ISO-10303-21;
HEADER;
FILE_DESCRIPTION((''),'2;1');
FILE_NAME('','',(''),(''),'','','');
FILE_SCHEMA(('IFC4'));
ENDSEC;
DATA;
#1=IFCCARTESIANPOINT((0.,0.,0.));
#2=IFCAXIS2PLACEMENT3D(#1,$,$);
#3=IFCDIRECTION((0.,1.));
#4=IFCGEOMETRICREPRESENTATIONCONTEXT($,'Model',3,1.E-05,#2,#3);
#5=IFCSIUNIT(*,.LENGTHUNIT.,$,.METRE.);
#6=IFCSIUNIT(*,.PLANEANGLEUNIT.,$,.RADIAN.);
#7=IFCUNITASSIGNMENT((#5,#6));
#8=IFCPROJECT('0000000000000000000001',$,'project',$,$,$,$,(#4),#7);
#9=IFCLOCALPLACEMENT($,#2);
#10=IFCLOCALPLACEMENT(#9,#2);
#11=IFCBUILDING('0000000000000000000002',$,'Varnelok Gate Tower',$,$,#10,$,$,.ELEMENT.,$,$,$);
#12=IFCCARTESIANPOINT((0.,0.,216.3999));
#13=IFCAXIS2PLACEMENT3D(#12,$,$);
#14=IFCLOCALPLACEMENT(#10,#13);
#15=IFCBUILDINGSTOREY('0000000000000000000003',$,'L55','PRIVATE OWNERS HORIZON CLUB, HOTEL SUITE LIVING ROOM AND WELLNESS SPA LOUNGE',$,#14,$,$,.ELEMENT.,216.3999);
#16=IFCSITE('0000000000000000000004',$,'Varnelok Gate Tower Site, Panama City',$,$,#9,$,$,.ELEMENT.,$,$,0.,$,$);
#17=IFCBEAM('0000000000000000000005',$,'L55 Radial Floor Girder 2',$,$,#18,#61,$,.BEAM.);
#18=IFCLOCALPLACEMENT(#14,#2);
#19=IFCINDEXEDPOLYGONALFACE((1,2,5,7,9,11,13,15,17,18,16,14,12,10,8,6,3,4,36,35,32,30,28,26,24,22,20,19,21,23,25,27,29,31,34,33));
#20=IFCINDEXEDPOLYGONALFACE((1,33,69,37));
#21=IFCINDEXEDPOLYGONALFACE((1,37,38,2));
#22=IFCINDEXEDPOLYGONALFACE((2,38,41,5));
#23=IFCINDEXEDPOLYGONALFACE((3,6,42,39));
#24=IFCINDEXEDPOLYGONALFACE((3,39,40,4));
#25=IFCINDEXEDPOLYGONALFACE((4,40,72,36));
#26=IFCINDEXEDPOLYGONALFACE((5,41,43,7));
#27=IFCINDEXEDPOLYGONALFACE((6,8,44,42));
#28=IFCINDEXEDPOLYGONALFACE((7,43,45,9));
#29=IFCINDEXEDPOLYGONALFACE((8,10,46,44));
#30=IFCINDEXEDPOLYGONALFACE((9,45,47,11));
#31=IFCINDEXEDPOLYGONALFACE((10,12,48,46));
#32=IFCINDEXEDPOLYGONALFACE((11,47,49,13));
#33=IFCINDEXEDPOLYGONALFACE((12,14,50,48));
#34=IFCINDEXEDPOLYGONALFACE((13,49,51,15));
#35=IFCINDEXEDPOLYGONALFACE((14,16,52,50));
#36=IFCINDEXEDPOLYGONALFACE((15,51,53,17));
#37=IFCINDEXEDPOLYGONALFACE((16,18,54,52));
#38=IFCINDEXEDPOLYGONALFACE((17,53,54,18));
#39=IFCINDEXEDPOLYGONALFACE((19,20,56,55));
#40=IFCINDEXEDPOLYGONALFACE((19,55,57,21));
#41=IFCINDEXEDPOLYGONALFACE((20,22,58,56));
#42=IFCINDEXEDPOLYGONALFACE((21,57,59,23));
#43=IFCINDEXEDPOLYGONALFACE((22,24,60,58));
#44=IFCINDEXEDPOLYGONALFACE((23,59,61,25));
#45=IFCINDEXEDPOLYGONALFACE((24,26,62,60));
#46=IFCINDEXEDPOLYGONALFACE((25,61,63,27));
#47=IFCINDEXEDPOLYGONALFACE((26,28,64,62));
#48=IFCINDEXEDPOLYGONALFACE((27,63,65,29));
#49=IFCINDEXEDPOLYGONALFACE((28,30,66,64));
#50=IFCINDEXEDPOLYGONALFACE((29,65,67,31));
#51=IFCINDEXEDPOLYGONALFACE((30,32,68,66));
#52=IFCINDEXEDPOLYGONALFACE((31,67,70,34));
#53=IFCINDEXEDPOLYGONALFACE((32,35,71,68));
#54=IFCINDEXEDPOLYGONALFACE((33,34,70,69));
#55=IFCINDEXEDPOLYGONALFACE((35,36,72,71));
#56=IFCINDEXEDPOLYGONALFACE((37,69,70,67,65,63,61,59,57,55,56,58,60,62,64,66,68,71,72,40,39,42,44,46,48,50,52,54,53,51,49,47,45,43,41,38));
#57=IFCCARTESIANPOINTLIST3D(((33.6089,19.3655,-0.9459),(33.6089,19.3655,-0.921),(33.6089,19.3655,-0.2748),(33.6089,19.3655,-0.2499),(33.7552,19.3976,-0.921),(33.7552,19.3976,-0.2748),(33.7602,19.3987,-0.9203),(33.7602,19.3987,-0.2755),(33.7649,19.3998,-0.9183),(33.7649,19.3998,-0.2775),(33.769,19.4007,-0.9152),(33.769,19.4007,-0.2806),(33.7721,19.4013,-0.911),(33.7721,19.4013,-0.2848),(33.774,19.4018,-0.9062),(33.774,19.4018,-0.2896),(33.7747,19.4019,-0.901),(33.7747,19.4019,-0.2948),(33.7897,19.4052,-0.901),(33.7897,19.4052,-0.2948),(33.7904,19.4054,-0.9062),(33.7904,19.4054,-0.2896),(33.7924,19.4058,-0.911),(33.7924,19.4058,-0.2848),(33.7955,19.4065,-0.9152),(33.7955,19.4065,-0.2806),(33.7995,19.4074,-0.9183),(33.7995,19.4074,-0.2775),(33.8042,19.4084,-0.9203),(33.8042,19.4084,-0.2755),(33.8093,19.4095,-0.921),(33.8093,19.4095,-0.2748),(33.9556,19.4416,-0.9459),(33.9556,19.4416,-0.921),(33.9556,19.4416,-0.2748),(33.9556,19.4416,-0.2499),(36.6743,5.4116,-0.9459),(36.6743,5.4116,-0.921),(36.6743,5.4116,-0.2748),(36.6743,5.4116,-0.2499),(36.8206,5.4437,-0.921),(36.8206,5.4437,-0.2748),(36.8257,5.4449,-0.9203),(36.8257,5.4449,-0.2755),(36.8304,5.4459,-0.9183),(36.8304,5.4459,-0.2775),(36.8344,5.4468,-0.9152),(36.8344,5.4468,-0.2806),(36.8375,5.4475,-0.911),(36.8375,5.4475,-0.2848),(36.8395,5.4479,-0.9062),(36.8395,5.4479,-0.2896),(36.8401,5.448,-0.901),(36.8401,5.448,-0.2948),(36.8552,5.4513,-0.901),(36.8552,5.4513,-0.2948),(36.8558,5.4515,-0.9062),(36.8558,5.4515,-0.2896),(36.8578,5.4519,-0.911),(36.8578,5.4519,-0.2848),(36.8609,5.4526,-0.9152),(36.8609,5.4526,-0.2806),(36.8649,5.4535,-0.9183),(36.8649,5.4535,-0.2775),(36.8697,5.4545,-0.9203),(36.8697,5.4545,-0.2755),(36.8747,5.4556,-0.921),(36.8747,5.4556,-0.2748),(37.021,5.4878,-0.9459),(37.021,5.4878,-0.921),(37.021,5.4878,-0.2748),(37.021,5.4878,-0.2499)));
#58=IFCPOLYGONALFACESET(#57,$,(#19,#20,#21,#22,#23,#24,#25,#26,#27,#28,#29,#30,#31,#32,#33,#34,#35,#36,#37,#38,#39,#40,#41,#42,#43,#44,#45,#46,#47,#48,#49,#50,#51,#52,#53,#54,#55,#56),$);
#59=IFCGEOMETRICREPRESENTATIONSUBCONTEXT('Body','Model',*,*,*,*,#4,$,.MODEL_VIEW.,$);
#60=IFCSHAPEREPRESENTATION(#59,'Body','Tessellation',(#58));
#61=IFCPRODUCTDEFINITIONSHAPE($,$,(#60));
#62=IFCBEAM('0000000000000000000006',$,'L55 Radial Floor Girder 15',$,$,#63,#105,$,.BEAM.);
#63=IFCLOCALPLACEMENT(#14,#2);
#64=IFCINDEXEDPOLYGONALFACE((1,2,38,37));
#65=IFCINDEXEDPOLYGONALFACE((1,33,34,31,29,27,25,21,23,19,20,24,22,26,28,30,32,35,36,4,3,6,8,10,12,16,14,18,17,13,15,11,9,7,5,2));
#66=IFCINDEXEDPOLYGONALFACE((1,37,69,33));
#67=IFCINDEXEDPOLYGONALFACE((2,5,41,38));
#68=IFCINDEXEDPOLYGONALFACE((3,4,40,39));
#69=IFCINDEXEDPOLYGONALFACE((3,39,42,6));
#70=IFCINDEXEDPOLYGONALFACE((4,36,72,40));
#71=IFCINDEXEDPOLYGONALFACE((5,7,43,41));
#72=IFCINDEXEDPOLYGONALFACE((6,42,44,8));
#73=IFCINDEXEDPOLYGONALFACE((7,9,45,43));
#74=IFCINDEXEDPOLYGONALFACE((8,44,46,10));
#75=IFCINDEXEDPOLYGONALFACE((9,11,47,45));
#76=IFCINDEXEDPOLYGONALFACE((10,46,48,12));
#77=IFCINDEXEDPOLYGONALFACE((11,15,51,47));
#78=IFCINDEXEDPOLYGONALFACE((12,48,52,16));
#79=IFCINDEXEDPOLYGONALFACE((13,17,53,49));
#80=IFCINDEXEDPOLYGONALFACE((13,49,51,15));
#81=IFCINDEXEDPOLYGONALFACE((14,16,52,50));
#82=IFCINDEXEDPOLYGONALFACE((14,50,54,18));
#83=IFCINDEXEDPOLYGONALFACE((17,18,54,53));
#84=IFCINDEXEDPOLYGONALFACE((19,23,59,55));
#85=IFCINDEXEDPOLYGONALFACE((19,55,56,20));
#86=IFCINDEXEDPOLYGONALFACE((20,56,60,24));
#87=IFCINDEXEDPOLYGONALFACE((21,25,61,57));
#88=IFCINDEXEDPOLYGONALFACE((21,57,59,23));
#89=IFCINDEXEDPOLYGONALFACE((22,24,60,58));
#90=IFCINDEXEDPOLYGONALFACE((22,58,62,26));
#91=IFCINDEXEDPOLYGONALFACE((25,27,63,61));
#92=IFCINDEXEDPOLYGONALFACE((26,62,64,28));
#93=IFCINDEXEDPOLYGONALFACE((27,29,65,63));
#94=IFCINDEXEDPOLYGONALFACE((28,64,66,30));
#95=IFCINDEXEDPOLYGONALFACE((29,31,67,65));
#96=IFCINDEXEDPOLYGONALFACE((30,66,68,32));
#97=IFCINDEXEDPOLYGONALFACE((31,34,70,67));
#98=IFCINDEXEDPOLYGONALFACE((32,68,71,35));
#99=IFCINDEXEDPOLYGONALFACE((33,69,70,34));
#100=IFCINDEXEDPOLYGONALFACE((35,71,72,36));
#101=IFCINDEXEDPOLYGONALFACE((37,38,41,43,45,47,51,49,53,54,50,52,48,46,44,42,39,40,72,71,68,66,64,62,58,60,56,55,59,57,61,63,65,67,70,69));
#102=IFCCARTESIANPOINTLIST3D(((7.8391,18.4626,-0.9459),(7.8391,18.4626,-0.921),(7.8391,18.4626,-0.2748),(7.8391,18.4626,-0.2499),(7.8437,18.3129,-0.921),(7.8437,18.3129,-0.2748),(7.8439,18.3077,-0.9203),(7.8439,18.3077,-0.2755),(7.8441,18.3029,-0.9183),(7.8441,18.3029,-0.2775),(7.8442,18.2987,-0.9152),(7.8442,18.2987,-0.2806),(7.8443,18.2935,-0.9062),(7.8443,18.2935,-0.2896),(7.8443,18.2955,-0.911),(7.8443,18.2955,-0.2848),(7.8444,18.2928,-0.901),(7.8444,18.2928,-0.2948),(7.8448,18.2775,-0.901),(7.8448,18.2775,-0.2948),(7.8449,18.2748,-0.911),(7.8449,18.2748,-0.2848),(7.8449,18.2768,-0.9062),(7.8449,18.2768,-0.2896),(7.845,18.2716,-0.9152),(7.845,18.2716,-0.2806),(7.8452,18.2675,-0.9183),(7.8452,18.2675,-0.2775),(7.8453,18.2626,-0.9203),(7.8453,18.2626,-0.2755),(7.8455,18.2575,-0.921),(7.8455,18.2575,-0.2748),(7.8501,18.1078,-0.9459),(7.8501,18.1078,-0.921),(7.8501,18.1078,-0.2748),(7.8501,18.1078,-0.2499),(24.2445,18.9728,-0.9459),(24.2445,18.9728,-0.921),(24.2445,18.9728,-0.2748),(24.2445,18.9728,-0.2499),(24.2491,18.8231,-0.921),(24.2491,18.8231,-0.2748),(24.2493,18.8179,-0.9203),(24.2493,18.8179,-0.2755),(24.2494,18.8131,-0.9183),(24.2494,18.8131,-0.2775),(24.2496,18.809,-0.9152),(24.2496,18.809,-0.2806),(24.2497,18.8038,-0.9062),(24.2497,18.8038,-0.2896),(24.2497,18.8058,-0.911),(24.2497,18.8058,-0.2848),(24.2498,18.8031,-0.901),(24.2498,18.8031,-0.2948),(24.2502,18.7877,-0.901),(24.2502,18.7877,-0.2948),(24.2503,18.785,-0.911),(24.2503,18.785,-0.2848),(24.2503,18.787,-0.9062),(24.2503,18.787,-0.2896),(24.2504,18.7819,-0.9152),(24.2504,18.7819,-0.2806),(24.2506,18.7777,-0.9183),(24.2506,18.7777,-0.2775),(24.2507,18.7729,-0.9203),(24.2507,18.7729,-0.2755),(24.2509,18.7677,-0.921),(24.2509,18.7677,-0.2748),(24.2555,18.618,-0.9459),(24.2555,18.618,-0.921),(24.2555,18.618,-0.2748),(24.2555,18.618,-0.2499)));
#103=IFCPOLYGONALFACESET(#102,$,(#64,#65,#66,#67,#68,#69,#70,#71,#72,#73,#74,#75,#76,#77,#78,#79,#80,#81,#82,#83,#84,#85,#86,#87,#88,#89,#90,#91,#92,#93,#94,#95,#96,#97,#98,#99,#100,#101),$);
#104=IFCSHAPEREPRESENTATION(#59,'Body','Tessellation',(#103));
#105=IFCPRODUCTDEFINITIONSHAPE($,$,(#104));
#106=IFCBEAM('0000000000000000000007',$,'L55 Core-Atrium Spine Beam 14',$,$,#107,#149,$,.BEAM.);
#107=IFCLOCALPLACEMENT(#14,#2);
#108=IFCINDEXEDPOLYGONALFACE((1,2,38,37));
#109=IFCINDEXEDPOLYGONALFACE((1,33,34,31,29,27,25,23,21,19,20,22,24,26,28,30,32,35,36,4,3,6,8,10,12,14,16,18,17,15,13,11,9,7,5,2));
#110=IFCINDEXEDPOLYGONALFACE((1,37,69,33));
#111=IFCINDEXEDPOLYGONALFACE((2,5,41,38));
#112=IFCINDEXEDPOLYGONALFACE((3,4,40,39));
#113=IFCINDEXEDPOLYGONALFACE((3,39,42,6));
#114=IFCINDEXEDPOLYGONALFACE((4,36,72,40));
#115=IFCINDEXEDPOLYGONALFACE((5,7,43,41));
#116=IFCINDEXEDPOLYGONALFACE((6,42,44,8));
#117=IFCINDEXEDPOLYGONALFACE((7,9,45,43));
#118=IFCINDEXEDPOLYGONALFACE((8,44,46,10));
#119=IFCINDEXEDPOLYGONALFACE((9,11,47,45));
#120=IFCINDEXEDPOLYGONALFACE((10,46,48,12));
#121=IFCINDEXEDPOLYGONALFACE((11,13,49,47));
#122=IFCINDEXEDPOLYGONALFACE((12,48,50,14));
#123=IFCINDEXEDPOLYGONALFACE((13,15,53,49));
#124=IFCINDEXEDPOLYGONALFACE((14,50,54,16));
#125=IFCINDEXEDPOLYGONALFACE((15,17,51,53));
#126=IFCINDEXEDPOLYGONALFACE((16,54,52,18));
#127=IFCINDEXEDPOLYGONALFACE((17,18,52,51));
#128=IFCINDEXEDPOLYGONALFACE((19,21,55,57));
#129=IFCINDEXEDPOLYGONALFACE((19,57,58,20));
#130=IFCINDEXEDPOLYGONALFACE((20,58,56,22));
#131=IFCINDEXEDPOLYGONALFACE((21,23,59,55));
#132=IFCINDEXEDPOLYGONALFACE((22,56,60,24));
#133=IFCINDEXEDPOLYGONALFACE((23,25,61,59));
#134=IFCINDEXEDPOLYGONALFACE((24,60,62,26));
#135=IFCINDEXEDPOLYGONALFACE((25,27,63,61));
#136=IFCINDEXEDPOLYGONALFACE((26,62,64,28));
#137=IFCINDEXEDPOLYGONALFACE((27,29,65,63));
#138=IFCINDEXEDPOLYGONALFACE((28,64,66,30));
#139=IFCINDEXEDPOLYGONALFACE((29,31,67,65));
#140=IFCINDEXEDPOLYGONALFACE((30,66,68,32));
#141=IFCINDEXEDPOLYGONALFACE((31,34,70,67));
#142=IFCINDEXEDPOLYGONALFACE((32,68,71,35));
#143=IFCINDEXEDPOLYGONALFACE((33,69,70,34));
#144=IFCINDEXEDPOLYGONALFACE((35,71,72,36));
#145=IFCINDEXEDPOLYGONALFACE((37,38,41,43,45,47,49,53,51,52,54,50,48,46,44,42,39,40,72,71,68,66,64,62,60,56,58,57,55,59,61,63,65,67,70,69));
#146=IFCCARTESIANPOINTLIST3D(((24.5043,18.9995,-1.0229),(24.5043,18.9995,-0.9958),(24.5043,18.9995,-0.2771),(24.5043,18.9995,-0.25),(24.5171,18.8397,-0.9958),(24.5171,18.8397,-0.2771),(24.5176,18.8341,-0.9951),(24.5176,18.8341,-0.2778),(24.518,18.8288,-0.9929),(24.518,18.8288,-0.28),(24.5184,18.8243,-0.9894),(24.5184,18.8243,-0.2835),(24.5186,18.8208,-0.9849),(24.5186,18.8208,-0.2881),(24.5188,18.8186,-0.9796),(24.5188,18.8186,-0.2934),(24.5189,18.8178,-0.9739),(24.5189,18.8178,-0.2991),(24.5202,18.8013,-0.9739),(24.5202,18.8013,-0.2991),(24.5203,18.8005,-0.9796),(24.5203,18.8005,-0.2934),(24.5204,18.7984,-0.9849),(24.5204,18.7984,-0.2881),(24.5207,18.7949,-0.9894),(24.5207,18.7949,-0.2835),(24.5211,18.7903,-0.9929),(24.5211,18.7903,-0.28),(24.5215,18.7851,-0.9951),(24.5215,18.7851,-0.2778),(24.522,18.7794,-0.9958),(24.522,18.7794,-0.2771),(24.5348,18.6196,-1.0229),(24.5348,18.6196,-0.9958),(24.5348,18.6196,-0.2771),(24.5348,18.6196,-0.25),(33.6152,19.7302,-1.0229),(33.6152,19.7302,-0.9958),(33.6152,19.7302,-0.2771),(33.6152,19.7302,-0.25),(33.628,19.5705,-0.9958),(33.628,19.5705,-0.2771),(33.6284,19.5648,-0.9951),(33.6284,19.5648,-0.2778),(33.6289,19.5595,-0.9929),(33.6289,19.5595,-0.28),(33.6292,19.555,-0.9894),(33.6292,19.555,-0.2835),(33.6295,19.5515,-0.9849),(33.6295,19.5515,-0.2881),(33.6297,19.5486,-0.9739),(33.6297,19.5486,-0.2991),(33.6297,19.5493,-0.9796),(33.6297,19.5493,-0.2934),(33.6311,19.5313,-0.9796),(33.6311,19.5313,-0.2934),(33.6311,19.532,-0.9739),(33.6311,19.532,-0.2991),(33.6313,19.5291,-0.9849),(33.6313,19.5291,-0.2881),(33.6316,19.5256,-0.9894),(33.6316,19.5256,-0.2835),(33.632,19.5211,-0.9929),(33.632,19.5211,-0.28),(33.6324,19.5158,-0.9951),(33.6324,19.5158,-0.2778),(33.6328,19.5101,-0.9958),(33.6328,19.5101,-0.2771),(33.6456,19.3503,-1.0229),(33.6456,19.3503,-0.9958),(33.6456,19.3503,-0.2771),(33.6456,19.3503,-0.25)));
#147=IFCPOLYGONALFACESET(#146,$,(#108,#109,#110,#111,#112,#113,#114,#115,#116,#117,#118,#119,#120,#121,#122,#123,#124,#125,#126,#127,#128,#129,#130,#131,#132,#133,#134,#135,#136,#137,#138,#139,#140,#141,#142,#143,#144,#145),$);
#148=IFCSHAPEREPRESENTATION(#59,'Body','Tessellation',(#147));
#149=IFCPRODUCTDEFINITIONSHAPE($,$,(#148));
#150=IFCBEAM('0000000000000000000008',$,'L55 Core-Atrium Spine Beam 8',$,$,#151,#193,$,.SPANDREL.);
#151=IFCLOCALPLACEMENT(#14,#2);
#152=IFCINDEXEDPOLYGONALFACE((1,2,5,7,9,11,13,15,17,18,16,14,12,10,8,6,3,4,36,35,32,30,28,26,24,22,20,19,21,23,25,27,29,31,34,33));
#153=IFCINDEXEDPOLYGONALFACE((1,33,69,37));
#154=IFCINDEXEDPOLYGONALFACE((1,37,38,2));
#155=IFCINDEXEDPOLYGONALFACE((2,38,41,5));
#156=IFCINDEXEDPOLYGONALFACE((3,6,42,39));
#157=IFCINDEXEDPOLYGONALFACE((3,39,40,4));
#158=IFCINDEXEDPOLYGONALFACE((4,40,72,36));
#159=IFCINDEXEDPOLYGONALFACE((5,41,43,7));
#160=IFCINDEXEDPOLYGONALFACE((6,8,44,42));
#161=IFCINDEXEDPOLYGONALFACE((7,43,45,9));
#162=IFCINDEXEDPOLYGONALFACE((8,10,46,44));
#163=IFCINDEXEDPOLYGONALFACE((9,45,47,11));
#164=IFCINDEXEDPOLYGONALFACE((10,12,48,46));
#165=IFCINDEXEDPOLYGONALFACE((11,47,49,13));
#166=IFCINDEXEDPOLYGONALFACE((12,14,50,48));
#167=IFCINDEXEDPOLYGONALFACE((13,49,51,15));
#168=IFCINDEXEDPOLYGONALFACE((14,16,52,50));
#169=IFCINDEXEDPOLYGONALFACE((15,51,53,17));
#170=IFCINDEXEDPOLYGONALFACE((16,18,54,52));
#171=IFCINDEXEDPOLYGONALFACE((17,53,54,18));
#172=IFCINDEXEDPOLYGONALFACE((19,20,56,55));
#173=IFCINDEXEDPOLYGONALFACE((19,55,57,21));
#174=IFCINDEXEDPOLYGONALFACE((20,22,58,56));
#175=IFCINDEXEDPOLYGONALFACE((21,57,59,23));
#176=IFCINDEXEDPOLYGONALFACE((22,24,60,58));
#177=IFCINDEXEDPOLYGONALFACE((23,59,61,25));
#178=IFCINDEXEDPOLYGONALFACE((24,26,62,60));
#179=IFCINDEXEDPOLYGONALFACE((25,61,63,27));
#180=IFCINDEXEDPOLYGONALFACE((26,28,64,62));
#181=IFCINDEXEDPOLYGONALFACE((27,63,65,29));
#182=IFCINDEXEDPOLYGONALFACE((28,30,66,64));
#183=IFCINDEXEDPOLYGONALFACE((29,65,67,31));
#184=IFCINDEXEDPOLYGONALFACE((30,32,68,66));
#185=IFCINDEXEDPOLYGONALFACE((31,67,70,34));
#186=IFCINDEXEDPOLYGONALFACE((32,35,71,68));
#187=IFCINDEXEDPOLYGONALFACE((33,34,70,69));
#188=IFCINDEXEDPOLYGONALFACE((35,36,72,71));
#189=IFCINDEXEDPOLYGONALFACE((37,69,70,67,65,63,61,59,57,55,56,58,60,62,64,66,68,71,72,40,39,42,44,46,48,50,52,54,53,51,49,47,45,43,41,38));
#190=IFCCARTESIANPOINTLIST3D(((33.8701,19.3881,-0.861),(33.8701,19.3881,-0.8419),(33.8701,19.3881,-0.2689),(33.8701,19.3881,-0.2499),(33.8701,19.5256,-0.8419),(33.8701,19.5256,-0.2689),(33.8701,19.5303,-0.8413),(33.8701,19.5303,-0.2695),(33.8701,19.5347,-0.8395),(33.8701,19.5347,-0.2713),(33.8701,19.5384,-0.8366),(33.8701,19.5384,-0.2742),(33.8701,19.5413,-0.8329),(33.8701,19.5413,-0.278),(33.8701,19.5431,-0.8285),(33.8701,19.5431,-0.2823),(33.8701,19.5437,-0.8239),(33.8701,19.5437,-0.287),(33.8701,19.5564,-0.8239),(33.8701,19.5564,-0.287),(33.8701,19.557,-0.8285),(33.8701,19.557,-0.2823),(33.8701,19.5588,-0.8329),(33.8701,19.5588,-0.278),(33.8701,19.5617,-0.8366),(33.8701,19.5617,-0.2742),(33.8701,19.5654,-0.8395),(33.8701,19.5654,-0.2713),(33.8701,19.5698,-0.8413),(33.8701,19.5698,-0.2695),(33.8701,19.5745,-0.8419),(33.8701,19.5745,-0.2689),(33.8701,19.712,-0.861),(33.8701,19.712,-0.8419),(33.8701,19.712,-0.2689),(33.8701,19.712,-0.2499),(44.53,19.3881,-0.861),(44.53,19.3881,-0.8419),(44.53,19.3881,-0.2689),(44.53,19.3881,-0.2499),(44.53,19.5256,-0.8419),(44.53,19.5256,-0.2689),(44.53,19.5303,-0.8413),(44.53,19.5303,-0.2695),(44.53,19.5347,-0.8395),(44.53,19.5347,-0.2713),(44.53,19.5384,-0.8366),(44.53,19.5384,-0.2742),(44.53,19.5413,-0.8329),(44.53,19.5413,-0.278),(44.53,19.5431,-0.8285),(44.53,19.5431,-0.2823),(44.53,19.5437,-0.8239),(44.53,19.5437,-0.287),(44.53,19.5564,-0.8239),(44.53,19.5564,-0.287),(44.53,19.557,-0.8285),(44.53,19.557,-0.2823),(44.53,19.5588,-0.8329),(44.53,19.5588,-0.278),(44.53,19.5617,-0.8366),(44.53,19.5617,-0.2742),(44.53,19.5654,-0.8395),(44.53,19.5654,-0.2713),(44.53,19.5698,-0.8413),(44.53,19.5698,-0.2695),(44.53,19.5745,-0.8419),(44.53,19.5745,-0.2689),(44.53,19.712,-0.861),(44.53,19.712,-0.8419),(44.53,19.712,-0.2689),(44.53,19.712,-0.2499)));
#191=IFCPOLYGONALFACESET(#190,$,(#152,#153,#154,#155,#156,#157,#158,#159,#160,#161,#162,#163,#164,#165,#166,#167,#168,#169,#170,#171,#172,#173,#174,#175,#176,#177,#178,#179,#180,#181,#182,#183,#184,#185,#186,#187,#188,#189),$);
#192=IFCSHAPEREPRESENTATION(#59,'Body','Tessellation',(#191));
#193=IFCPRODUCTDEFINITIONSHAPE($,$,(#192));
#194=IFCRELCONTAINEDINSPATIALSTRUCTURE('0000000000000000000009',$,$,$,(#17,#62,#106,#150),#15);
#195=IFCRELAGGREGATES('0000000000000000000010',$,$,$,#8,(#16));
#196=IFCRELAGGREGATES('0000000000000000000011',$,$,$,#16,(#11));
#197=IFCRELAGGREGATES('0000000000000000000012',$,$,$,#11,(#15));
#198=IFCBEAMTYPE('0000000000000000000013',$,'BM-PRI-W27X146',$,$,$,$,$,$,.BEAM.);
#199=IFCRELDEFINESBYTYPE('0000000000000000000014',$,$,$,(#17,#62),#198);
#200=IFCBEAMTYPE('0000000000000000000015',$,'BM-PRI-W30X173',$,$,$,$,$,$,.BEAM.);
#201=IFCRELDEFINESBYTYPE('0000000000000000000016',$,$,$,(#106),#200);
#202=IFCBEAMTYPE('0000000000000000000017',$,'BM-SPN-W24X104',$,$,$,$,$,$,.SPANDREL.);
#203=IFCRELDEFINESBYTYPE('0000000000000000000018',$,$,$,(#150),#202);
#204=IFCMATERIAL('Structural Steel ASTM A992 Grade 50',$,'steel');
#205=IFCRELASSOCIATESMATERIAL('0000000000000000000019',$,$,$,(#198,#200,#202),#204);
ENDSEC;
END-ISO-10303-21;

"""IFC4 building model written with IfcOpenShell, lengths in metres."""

from ifc_helpers import new_model, si_unit, direction, frame, origin, origin_2d, place, context, subcontext, project, spatial, i_section, extrude, material, material_profile, profile_set, type_object, element, save


model = new_model("IFC4")

# Units and contexts
model_context = context("Model", 3, precision=1e-05, world=origin(), true_north=direction((0.0, 1.0)))
body_context = subcontext(model_context, "Body", "Model", "MODEL_VIEW")
ifc_project = project(units=[si_unit("LENGTHUNIT", "METRE"), si_unit("PLANEANGLEUNIT", "RADIAN")], contexts=[model_context])

# Site, building, storey
site_placement = place(None, origin())
site = spatial("IfcSite", under=ifc_project, at=site_placement, Name="Varnelok Gate Tower Site, Panama City", CompositionType="ELEMENT", RefElevation=0.0)
building_placement = place(site_placement, origin())
building = spatial("IfcBuilding", under=site, at=building_placement, Name="Varnelok Gate Tower", CompositionType="ELEMENT")
storey_placement = place(building_placement, frame((0.0, 0.0, 216.3999)))
storey = spatial("IfcBuildingStorey", under=building, at=storey_placement, Name="L55", Description="PRIVATE OWNERS HORIZON CLUB, HOTEL SUITE LIVING ROOM AND WELLNESS SPA LOUNGE", CompositionType="ELEMENT", Elevation=216.3999)

# Shared definitions
ifc_material_1 = material(Name="Structural Steel ASTM A992 Grade 50", Category="steel")

# Beams
ifc_material_profile_1 = material_profile(ifc_material_1, i_section(OverallWidth=0.355, OverallDepth=0.696, WebThickness=0.0154, FlangeThickness=0.0249, FilletRadius=0.02, at=origin_2d()), Name="W27X146")
ifc_profile_set_1 = profile_set([ifc_material_profile_1], Name="Structural Steel ASTM A992 Grade 50")
beam_type_1 = type_object("IfcBeamType", Name="BM-PRI-W27X146", PredefinedType="BEAM", material=ifc_profile_set_1)
beam_1_placement = place(storey_placement, frame((33.7822, 19.4036, -0.5979), z_axis=(0.214567, -0.976709, 0.0), x_axis=(0.976709, 0.214567, 0.0)))
element("IfcBeam", 1, at=beam_1_placement, inside=storey, type_object=beam_type_1, Name="L55 Radial Floor Girder 2", PredefinedType="BEAM", context=body_context, shape_type="SweptSolid", body=[
    extrude(i_section(OverallWidth=0.355, OverallDepth=0.696, WebThickness=0.0154, FlangeThickness=0.0249, FilletRadius=0.02, at=origin_2d()), origin(), (0.0, 0.0, 1.0), 14.2866),
])
beam_2_placement = place(storey_placement, frame((24.25, 18.7954, -0.5979), z_axis=(-0.999517, -0.031088, 0.0), x_axis=(0.031088, -0.999517, 0.0)))
element("IfcBeam", 2, at=beam_2_placement, inside=storey, type_object=beam_type_1, Name="L55 Radial Floor Girder 15", PredefinedType="BEAM", context=body_context, shape_type="SweptSolid", body=[
    extrude(i_section(OverallWidth=0.355, OverallDepth=0.696, WebThickness=0.0154, FlangeThickness=0.0249, FilletRadius=0.02, at=origin_2d()), origin(), (0.0, 0.0, 1.0), 16.4133),
])
ifc_material_profile_2 = material_profile(ifc_material_1, i_section(OverallWidth=0.3811, OverallDepth=0.7729, WebThickness=0.0166, FlangeThickness=0.0271, FilletRadius=0.022, at=origin_2d()), Name="W30X173")
ifc_profile_set_2 = profile_set([ifc_material_profile_2], Name="Structural Steel ASTM A992 Grade 50")
beam_type_2 = type_object("IfcBeamType", Name="BM-PRI-W30X173", PredefinedType="BEAM", material=ifc_profile_set_2)
beam_3_placement = place(storey_placement, frame((24.5195, 18.8096, -0.6365), z_axis=(0.996799, 0.079946, 0.0), x_axis=(-0.079946, 0.996799, 0.0)))
element("IfcBeam", 3, at=beam_3_placement, inside=storey, type_object=beam_type_2, Name="L55 Core-Atrium Spine Beam 14", PredefinedType="BEAM", context=body_context, shape_type="SweptSolid", body=[
    extrude(i_section(OverallWidth=0.3811, OverallDepth=0.7729, WebThickness=0.0166, FlangeThickness=0.0271, FilletRadius=0.022, at=origin_2d()), origin(), (0.0, 0.0, 1.0), 9.1401),
])
ifc_material_profile_3 = material_profile(ifc_material_1, i_section(OverallWidth=0.324, OverallDepth=0.6111, WebThickness=0.0127, FlangeThickness=0.019, FilletRadius=0.0181, at=origin_2d()), Name="W24X104")
ifc_profile_set_3 = profile_set([ifc_material_profile_3], Name="Structural Steel ASTM A992 Grade 50")
beam_type_3 = type_object("IfcBeamType", Name="BM-SPN-W24X104", PredefinedType="SPANDREL", material=ifc_profile_set_3)
beam_4_placement = place(storey_placement, frame((33.8701, 19.55, -0.5554), z_axis=(1.0, 0.0, 0.0), x_axis=(0.0, 1.0, 0.0)))
element("IfcBeam", 4, at=beam_4_placement, inside=storey, type_object=beam_type_3, Name="L55 Core-Atrium Spine Beam 8", PredefinedType="SPANDREL", context=body_context, shape_type="SweptSolid", body=[
    extrude(i_section(OverallWidth=0.324, OverallDepth=0.6111, WebThickness=0.0127, FlangeThickness=0.019, FilletRadius=0.0181, at=origin_2d()), origin(), (0.0, 0.0, 1.0), 10.6599),
])

save(model, "model.ifc")
